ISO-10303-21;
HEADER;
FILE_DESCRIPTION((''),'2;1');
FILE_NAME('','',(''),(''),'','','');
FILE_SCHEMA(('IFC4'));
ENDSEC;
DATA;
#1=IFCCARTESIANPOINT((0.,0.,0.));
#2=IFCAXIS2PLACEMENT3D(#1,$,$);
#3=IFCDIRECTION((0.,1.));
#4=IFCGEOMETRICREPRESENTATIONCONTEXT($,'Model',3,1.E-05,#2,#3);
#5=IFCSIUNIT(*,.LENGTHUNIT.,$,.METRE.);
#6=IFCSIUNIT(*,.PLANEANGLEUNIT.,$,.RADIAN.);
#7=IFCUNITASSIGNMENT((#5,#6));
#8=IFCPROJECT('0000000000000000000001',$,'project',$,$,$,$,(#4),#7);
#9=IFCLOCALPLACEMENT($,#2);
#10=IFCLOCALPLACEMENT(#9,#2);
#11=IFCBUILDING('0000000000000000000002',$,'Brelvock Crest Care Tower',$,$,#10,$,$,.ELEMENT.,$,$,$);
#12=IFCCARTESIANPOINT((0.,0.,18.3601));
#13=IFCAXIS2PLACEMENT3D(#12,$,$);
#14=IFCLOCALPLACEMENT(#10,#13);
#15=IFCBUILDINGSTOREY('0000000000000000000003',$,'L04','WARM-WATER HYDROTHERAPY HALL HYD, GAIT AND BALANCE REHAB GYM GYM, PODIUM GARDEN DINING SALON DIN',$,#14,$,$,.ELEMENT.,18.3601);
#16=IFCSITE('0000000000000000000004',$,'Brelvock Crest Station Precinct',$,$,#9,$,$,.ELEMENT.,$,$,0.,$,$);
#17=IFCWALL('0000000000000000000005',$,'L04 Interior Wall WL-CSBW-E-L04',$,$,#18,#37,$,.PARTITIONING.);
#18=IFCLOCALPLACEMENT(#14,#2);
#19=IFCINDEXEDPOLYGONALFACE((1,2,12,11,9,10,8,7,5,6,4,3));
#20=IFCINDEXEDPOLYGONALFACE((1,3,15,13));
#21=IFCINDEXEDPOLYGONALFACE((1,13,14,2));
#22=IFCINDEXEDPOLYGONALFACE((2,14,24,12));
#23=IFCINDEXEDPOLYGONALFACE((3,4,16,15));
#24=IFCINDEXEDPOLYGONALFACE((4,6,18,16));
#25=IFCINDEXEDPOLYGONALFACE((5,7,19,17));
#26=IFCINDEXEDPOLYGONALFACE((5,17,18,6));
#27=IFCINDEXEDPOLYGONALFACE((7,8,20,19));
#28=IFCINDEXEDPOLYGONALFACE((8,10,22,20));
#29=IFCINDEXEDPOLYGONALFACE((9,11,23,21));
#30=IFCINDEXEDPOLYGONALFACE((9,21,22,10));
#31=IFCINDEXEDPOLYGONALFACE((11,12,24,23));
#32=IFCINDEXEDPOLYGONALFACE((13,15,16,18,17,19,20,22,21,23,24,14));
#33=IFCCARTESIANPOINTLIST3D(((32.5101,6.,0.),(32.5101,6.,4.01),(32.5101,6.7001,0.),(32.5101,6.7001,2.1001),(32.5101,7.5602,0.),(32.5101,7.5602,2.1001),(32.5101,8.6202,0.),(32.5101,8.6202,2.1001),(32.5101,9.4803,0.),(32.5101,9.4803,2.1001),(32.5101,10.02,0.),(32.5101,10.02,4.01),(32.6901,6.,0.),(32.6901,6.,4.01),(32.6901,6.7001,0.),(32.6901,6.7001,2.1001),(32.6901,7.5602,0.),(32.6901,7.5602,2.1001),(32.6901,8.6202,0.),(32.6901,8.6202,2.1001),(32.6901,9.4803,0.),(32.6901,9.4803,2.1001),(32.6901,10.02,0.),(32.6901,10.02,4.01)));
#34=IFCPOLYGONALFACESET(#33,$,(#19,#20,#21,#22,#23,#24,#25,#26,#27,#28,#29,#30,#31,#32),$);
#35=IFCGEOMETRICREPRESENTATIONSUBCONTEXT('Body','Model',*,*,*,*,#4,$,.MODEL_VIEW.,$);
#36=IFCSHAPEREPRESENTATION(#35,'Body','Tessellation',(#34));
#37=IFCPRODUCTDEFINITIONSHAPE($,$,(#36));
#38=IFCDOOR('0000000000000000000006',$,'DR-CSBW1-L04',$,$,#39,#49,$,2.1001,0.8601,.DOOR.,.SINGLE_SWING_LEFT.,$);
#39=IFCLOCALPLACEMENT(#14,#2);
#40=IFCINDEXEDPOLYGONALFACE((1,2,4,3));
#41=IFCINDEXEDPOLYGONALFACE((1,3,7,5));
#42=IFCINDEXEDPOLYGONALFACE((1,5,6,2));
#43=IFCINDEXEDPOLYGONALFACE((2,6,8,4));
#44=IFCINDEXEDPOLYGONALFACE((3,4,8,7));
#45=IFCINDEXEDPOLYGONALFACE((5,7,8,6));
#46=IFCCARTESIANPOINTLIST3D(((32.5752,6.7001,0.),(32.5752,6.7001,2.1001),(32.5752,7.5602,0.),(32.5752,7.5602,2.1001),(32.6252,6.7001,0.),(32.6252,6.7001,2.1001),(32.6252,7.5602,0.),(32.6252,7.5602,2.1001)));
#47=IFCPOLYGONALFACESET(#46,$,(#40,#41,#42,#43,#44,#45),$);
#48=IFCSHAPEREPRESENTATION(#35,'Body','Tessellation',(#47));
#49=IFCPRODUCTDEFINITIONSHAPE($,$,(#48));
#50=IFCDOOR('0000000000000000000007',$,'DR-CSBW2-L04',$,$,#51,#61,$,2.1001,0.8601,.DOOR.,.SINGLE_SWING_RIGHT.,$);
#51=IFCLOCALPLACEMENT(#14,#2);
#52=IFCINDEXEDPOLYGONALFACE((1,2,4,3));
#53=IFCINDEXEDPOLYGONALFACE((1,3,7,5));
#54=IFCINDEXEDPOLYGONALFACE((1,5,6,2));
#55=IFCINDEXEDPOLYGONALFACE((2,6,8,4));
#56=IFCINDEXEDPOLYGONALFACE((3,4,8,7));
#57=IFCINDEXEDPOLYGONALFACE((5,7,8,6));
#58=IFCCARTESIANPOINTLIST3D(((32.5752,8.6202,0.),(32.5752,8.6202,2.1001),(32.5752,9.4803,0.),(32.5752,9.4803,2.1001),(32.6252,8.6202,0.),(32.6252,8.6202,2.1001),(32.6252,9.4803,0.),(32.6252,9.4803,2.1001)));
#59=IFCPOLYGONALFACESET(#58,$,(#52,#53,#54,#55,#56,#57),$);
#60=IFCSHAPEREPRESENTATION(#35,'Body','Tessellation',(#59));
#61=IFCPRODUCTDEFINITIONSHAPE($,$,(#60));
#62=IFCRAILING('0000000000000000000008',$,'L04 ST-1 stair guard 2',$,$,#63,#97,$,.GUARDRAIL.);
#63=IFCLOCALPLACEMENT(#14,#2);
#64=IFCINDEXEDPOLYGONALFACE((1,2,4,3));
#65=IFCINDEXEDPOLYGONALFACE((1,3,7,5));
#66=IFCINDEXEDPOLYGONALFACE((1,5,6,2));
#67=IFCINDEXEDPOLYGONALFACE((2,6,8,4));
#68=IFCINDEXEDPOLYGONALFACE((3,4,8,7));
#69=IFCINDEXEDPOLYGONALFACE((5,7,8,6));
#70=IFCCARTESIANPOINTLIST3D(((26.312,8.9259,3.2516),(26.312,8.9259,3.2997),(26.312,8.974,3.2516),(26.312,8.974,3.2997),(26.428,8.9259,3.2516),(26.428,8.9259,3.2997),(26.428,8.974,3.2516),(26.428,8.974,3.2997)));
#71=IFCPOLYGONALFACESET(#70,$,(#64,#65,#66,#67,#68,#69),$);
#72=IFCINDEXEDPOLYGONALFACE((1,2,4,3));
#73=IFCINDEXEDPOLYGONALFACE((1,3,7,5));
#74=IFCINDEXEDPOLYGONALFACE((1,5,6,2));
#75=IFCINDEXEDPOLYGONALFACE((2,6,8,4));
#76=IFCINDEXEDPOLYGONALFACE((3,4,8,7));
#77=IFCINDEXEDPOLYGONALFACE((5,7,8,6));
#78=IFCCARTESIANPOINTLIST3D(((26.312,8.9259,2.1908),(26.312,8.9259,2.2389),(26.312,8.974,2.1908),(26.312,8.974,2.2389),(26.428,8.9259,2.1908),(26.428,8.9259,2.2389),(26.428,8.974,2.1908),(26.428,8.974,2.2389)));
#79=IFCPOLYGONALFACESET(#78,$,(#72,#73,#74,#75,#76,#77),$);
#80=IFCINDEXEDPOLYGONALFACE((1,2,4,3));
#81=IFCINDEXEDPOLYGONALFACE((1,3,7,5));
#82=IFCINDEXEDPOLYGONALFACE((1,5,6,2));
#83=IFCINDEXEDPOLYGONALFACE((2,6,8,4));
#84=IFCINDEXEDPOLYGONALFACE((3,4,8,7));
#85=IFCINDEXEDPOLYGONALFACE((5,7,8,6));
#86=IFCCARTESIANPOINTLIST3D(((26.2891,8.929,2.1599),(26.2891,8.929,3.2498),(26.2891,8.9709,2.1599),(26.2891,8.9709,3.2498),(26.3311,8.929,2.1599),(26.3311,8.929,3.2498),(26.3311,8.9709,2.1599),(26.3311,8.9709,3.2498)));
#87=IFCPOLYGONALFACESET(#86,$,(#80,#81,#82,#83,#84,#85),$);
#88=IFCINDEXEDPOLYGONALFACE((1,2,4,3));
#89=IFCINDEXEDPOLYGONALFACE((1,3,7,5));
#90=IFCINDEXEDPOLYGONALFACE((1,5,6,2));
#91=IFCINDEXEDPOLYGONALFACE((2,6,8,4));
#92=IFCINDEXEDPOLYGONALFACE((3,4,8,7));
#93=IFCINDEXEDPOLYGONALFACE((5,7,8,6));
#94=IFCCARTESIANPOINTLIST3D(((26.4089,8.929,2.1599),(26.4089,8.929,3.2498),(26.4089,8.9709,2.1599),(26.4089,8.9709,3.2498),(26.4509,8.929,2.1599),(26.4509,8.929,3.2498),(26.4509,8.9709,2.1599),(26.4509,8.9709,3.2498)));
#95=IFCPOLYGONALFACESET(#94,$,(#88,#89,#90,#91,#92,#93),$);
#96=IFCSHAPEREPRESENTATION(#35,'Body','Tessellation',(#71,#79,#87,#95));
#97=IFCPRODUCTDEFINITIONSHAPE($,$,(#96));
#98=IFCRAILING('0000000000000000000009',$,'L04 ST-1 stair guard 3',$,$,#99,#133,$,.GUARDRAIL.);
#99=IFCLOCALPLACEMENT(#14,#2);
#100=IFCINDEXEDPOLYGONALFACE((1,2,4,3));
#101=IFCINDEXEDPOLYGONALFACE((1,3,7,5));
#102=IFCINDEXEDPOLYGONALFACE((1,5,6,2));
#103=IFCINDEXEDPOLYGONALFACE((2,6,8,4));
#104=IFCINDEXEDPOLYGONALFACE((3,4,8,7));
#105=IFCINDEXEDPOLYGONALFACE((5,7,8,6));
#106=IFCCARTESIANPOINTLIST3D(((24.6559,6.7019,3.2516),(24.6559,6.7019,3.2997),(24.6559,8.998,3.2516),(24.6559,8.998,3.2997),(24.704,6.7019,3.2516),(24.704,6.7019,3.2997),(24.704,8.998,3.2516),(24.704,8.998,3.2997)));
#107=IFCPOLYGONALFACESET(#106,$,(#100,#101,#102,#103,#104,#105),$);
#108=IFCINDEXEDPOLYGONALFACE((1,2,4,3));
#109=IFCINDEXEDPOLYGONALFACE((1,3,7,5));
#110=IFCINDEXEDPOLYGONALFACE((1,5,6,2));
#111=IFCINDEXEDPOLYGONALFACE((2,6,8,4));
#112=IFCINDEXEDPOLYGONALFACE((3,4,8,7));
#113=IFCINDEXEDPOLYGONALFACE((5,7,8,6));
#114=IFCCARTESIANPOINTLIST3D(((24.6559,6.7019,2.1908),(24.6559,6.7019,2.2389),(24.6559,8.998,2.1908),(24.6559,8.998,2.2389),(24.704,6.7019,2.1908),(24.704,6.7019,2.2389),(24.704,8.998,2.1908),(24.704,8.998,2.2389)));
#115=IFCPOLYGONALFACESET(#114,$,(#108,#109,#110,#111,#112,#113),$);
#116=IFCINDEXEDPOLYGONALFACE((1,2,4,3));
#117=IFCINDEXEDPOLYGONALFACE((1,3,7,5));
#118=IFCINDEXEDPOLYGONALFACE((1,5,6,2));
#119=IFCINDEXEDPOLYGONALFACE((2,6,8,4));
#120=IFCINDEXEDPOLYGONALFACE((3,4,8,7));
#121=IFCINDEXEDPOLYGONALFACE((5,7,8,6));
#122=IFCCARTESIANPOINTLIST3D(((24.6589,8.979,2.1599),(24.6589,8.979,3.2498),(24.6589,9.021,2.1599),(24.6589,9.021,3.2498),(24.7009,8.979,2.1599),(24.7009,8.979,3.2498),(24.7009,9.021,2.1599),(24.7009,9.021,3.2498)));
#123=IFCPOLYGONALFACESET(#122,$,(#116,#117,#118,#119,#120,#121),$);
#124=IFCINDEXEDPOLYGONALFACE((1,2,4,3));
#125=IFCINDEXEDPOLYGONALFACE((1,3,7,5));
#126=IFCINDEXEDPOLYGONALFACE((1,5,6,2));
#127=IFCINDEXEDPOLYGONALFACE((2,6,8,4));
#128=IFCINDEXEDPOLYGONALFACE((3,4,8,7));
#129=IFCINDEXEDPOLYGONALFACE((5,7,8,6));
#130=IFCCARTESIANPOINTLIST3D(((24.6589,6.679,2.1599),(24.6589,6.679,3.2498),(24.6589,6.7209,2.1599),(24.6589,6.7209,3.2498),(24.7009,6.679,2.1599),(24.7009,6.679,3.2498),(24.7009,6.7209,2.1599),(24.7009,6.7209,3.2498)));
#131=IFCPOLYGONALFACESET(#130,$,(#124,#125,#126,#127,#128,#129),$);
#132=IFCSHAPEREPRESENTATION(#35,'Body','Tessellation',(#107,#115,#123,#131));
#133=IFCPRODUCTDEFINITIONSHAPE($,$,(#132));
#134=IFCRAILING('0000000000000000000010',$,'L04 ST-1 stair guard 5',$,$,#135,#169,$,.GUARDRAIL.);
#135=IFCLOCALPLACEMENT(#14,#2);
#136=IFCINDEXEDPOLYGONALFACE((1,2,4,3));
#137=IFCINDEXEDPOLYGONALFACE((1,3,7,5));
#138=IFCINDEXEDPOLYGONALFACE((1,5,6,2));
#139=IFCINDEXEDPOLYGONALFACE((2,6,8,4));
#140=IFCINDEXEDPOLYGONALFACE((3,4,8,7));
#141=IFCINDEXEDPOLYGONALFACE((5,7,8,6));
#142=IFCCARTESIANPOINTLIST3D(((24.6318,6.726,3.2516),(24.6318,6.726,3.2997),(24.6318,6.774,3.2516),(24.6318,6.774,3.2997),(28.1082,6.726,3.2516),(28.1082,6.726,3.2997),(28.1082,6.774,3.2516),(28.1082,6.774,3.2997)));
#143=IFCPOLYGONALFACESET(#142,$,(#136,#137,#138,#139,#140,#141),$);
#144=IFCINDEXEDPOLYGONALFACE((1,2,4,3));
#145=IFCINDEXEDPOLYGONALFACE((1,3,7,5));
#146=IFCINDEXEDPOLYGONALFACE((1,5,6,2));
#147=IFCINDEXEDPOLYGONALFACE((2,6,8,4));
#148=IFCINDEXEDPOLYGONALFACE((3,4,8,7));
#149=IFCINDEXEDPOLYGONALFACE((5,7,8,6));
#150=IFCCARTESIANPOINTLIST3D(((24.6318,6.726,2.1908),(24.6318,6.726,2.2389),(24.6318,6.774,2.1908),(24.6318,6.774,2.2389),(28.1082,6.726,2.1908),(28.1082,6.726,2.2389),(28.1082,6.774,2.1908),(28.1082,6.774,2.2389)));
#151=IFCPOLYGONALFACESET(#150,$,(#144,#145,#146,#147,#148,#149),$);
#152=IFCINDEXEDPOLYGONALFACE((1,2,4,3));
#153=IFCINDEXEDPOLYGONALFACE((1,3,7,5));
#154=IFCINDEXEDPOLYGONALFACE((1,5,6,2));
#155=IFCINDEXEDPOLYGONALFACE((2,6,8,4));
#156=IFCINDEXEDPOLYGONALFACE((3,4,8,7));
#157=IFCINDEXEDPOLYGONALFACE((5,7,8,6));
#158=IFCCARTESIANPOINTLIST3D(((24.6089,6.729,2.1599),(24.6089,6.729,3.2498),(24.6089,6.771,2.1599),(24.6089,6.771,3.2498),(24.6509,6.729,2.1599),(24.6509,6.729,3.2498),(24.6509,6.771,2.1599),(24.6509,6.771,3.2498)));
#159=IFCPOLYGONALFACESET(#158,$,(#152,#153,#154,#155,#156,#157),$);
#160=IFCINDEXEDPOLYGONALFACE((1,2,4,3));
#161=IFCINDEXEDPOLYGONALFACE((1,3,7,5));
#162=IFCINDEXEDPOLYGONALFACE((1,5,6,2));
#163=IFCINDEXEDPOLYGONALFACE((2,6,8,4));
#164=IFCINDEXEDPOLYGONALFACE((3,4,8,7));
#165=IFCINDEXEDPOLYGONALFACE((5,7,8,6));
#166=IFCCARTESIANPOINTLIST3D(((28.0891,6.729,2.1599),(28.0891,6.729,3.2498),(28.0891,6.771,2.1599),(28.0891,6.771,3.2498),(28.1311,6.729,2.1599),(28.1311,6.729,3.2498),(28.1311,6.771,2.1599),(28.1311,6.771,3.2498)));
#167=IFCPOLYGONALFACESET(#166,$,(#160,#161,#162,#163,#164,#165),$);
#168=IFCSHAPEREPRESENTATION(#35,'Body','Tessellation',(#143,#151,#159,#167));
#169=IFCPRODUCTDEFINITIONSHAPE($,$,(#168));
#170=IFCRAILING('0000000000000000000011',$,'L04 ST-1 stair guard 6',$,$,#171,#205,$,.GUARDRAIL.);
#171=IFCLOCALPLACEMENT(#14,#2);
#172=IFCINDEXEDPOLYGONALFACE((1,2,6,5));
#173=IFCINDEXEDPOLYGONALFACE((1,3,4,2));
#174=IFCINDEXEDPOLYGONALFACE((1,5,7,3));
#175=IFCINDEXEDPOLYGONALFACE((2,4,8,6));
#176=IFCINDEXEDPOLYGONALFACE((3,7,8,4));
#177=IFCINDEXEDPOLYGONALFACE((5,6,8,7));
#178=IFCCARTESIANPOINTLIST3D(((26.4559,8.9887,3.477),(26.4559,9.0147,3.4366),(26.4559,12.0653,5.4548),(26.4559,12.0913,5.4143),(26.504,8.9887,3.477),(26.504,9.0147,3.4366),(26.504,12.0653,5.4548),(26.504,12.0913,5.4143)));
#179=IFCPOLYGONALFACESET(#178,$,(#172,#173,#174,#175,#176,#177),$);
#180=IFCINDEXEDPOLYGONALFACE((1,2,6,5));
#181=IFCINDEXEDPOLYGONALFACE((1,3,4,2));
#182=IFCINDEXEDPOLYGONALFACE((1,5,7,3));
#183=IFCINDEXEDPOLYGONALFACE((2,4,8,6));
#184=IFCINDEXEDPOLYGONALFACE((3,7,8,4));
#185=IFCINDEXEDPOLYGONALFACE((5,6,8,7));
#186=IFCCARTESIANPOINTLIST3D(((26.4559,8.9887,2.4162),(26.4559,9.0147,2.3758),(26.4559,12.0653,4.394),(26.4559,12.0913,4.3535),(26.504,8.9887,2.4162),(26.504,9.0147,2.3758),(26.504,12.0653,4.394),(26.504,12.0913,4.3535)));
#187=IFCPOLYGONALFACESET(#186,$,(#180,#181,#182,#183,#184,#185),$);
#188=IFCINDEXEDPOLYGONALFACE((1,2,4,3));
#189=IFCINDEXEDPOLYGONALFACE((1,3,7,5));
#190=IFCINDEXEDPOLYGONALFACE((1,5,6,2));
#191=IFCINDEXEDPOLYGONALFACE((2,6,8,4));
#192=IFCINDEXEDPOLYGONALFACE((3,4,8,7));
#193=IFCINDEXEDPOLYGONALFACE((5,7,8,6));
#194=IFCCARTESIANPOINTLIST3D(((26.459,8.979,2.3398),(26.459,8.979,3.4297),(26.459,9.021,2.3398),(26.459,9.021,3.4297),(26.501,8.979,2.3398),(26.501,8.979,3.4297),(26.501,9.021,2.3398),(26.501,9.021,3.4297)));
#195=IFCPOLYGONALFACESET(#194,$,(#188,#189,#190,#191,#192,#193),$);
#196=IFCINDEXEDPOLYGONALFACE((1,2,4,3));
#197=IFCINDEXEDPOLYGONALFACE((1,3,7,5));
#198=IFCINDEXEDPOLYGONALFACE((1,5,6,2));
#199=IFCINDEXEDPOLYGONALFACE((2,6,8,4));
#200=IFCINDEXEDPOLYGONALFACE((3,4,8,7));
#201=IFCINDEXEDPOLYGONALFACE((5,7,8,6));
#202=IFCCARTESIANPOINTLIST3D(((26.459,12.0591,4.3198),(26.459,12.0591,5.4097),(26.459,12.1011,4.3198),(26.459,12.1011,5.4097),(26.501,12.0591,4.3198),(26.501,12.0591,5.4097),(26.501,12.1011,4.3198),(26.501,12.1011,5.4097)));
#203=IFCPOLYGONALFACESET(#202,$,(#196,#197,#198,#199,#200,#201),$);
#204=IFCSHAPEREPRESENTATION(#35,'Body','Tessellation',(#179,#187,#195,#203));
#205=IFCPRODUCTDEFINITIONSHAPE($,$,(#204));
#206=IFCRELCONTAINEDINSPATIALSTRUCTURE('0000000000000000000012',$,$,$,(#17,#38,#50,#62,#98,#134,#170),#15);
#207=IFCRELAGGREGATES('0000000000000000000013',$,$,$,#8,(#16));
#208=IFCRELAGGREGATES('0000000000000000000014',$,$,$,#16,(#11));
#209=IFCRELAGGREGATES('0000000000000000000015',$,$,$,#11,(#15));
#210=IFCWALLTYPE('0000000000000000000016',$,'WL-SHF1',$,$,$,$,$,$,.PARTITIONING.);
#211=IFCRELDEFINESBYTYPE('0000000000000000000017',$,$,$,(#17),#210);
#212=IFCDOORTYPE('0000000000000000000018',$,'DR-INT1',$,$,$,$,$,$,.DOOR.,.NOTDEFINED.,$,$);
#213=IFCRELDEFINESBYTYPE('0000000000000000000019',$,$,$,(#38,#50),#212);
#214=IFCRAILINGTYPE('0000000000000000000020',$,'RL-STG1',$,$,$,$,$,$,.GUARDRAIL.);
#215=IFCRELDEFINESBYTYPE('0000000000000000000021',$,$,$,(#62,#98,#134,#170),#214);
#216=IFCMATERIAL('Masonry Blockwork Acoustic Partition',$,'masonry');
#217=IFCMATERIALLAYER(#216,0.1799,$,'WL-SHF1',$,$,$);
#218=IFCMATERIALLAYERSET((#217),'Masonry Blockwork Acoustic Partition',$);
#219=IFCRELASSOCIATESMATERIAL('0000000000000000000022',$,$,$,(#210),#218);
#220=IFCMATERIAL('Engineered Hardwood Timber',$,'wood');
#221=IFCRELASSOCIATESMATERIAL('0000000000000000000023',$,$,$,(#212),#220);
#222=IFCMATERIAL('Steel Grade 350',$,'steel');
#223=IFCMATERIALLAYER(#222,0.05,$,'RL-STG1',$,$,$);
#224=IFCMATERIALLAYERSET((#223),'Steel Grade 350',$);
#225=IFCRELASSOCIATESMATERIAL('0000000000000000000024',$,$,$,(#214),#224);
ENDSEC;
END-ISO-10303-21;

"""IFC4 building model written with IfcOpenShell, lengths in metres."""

from ifc_helpers import new_model, si_unit, direction, frame, frame_2d, origin, origin_2d, place, context, subcontext, project, spatial, rectangle, extrude, source, transform, mapped, material, layer, layer_set, type_object, element, fill, save


model = new_model("IFC4")

# Units and contexts
model_context = context("Model", 3, precision=1e-05, world=origin(), true_north=direction((0.0, 1.0)))
body_context = subcontext(model_context, "Body", "Model", "MODEL_VIEW")
ifc_project = project(units=[si_unit("LENGTHUNIT", "METRE"), si_unit("PLANEANGLEUNIT", "RADIAN")], contexts=[model_context])

# Site, building, storey
site_placement = place(None, origin())
site = spatial("IfcSite", under=ifc_project, at=site_placement, Name="Brelvock Crest Station Precinct", CompositionType="ELEMENT", RefElevation=0.0)
building_placement = place(site_placement, origin())
building = spatial("IfcBuilding", under=site, at=building_placement, Name="Brelvock Crest Care Tower", CompositionType="ELEMENT")
storey_placement = place(building_placement, frame((0.0, 0.0, 18.3601)))
storey = spatial("IfcBuildingStorey", under=building, at=storey_placement, Name="L04", Description="WARM-WATER HYDROTHERAPY HALL HYD, GAIT AND BALANCE REHAB GYM GYM, PODIUM GARDEN DINING SALON DIN", CompositionType="ELEMENT", Elevation=18.3601)

# Shared definitions
ifc_material_1 = material(Name="Steel Grade 350", Category="steel")

# Shared definitions
ifc_material_2 = material(Name="Masonry Blockwork Acoustic Partition", Category="masonry")
ifc_layer_1 = layer(ifc_material_2, 0.1799, Name="WL-SHF1")
ifc_layer_set_1 = layer_set([ifc_layer_1], Name="Masonry Blockwork Acoustic Partition")
wall_type_1 = type_object("IfcWallType", Name="WL-SHF1", PredefinedType="PARTITIONING", material=ifc_layer_set_1)

# Wall, openings, doors
wall_1_placement = place(storey_placement, frame((32.6001, 6.0, 0.0), z_axis=(0.0, 0.0, 1.0), x_axis=(0.0, 1.0, 0.0)))
wall_1 = element("IfcWall", 1, at=wall_1_placement, inside=storey, type_object=wall_type_1, Name="L04 Interior Wall WL-CSBW-E-L04", PredefinedType="PARTITIONING", context=body_context, shape_type="SweptSolid", body=[
    extrude(rectangle(XDim=4.02, YDim=0.1799, at=frame_2d((2.01, 0.0))), origin(), (0.0, 0.0, 1.0), 4.01),
])
opening_1_placement = place(wall_1_placement, frame((0.7, 0.0, 0.0)))
opening_1 = element("IfcOpeningElement", 2, at=opening_1_placement, cuts=wall_1, PredefinedType="OPENING", context=body_context, shape_type="SweptSolid", body=[
    extrude(rectangle(XDim=0.8601, YDim=2.1001, at=origin_2d()), frame((0.4302, 0.1001, 1.05), z_axis=(0.0, -1.0, 0.0), x_axis=(1.0, 0.0, 0.0)), (0.0, 0.0, 1.0), 0.2),
])
opening_2_placement = place(wall_1_placement, frame((2.6201, 0.0, 0.0)))
opening_2 = element("IfcOpeningElement", 3, at=opening_2_placement, cuts=wall_1, PredefinedType="OPENING", context=body_context, shape_type="SweptSolid", body=[
    extrude(rectangle(XDim=0.8601, YDim=2.1001, at=origin_2d()), frame((0.4302, 0.1001, 1.05), z_axis=(0.0, -1.0, 0.0), x_axis=(1.0, 0.0, 0.0)), (0.0, 0.0, 1.0), 0.2),
])
ifc_material_3 = material(Name="Engineered Hardwood Timber", Category="wood")
door_type = type_object("IfcDoorType", Name="DR-INT1", OperationType="NOTDEFINED", PredefinedType="DOOR", material=ifc_material_3)
shared_shape_1 = source(origin(), body_context, "Body", "SweptSolid", [
    extrude(rectangle(XDim=0.8601, YDim=2.1001, at=origin_2d()), frame((0.4302, 0.0249, 1.05), z_axis=(0.0, -1.0, 0.0), x_axis=(1.0, 0.0, 0.0)), (0.0, 0.0, 1.0), 0.05),
])
door_1_placement = place(opening_1_placement, origin())
door_1 = element("IfcDoor", 4, at=door_1_placement, inside=storey, type_object=door_type, Name="DR-CSBW1-L04", OperationType="SINGLE_SWING_LEFT", OverallHeight=2.1001, OverallWidth=0.8601, PredefinedType="DOOR", context=body_context, shape_type="MappedRepresentation", body=[
    mapped(shared_shape_1, transform((0.0, 0.0, 0.0), x_axis=(1.0, 0.0, 0.0), y_axis=(0.0, 1.0, 0.0), z_axis=(0.0, 0.0, 1.0), scale=1.0)),
])
fill(opening_1, door_1)
door_2_placement = place(opening_2_placement, origin())
door_2 = element("IfcDoor", 5, at=door_2_placement, inside=storey, type_object=door_type, Name="DR-CSBW2-L04", OperationType="SINGLE_SWING_RIGHT", OverallHeight=2.1001, OverallWidth=0.8601, PredefinedType="DOOR", context=body_context, shape_type="MappedRepresentation", body=[
    mapped(shared_shape_1, transform((0.0, 0.0, 0.0), x_axis=(1.0, 0.0, 0.0), y_axis=(0.0, 1.0, 0.0), z_axis=(0.0, 0.0, 1.0), scale=1.0)),
])
fill(opening_2, door_2)

# Railings
ifc_layer_2 = layer(ifc_material_1, 0.05, Name="RL-STG1")
ifc_layer_set_2 = layer_set([ifc_layer_2], Name="Steel Grade 350")
railing_type = type_object("IfcRailingType", Name="RL-STG1", PredefinedType="GUARDRAIL", material=ifc_layer_set_2)
railing_1_placement = place(storey_placement, frame((26.3101, 8.95, 2.1599)))
element("IfcRailing", 6, at=railing_1_placement, inside=storey, type_object=railing_type, Name="L04 ST-1 stair guard 2", PredefinedType="GUARDRAIL", context=body_context, shape_type="SweptSolid", body=[
    extrude(rectangle(XDim=0.0481, YDim=0.0481, at=origin_2d()), frame((0.002, 0.0, 1.1157), z_axis=(1.0, 0.0, 0.0), x_axis=(0.0, 1.0, 0.0)), (0.0, 0.0, 1.0), 0.116),
    extrude(rectangle(XDim=0.0481, YDim=0.0481, at=origin_2d()), frame((0.002, 0.0, 0.0549), z_axis=(1.0, 0.0, 0.0), x_axis=(0.0, 1.0, 0.0)), (0.0, 0.0, 1.0), 0.116),
    extrude(rectangle(XDim=0.042, YDim=0.042, at=origin_2d()), origin(), (0.0, 0.0, 1.0), 1.0898),
    extrude(rectangle(XDim=0.042, YDim=0.042, at=origin_2d()), frame((0.1199, 0.0, 0.0)), (0.0, 0.0, 1.0), 1.0898),
])
railing_2_placement = place(storey_placement, frame((24.6799, 9.0, 2.1599)))
element("IfcRailing", 7, at=railing_2_placement, inside=storey, type_object=railing_type, Name="L04 ST-1 stair guard 3", PredefinedType="GUARDRAIL", context=body_context, shape_type="SweptSolid", body=[
    extrude(rectangle(XDim=0.0481, YDim=0.0481, at=origin_2d()), frame((0.0, -0.002, 1.1157), z_axis=(0.0, -1.0, 0.0), x_axis=(1.0, 0.0, 0.0)), (0.0, 0.0, 1.0), 2.2961),
    extrude(rectangle(XDim=0.0481, YDim=0.0481, at=origin_2d()), frame((0.0, -0.002, 0.0549), z_axis=(0.0, -1.0, 0.0), x_axis=(1.0, 0.0, 0.0)), (0.0, 0.0, 1.0), 2.2961),
    extrude(rectangle(XDim=0.042, YDim=0.042, at=origin_2d()), origin(), (0.0, 0.0, 1.0), 1.0898),
    extrude(rectangle(XDim=0.042, YDim=0.042, at=origin_2d()), frame((0.0, -2.3, 0.0)), (0.0, 0.0, 1.0), 1.0898),
])
railing_3_placement = place(storey_placement, frame((24.6299, 6.75, 2.1599)))
element("IfcRailing", 8, at=railing_3_placement, inside=storey, type_object=railing_type, Name="L04 ST-1 stair guard 5", PredefinedType="GUARDRAIL", context=body_context, shape_type="SweptSolid", body=[
    extrude(rectangle(XDim=0.0481, YDim=0.0481, at=origin_2d()), frame((0.002, 0.0, 1.1157), z_axis=(1.0, 0.0, 0.0), x_axis=(0.0, 1.0, 0.0)), (0.0, 0.0, 1.0), 3.4763),
    extrude(rectangle(XDim=0.0481, YDim=0.0481, at=origin_2d()), frame((0.002, 0.0, 0.0549), z_axis=(1.0, 0.0, 0.0), x_axis=(0.0, 1.0, 0.0)), (0.0, 0.0, 1.0), 3.4763),
    extrude(rectangle(XDim=0.042, YDim=0.042, at=origin_2d()), origin(), (0.0, 0.0, 1.0), 1.0898),
    extrude(rectangle(XDim=0.042, YDim=0.042, at=origin_2d()), frame((3.4802, 0.0, 0.0)), (0.0, 0.0, 1.0), 1.0898),
])
railing_4_placement = place(storey_placement, frame((26.48, 9.0, 2.3398)))
element("IfcRailing", 9, at=railing_4_placement, inside=storey, type_object=railing_type, Name="L04 ST-1 stair guard 6", PredefinedType="GUARDRAIL", context=body_context, shape_type="SweptSolid", body=[
    extrude(rectangle(XDim=0.0481, YDim=0.0481, at=origin_2d()), frame((0.0, 0.0017, 1.1169), z_axis=(0.0, 0.841187, 0.540744), x_axis=(-1.0, 0.0, 0.0)), (0.0, 0.0, 1.0), 3.6575),
    extrude(rectangle(XDim=0.0481, YDim=0.0481, at=origin_2d()), frame((0.0, 0.0017, 0.0562), z_axis=(0.0, 0.841187, 0.540744), x_axis=(-1.0, 0.0, 0.0)), (0.0, 0.0, 1.0), 3.6575),
    extrude(rectangle(XDim=0.042, YDim=0.042, at=origin_2d()), origin(), (0.0, 0.0, 1.0), 1.0898),
    extrude(rectangle(XDim=0.042, YDim=0.042, at=origin_2d()), frame((0.0, 3.0801, 1.98)), (0.0, 0.0, 1.0), 1.0898),
])

save(model, "model.ifc")
